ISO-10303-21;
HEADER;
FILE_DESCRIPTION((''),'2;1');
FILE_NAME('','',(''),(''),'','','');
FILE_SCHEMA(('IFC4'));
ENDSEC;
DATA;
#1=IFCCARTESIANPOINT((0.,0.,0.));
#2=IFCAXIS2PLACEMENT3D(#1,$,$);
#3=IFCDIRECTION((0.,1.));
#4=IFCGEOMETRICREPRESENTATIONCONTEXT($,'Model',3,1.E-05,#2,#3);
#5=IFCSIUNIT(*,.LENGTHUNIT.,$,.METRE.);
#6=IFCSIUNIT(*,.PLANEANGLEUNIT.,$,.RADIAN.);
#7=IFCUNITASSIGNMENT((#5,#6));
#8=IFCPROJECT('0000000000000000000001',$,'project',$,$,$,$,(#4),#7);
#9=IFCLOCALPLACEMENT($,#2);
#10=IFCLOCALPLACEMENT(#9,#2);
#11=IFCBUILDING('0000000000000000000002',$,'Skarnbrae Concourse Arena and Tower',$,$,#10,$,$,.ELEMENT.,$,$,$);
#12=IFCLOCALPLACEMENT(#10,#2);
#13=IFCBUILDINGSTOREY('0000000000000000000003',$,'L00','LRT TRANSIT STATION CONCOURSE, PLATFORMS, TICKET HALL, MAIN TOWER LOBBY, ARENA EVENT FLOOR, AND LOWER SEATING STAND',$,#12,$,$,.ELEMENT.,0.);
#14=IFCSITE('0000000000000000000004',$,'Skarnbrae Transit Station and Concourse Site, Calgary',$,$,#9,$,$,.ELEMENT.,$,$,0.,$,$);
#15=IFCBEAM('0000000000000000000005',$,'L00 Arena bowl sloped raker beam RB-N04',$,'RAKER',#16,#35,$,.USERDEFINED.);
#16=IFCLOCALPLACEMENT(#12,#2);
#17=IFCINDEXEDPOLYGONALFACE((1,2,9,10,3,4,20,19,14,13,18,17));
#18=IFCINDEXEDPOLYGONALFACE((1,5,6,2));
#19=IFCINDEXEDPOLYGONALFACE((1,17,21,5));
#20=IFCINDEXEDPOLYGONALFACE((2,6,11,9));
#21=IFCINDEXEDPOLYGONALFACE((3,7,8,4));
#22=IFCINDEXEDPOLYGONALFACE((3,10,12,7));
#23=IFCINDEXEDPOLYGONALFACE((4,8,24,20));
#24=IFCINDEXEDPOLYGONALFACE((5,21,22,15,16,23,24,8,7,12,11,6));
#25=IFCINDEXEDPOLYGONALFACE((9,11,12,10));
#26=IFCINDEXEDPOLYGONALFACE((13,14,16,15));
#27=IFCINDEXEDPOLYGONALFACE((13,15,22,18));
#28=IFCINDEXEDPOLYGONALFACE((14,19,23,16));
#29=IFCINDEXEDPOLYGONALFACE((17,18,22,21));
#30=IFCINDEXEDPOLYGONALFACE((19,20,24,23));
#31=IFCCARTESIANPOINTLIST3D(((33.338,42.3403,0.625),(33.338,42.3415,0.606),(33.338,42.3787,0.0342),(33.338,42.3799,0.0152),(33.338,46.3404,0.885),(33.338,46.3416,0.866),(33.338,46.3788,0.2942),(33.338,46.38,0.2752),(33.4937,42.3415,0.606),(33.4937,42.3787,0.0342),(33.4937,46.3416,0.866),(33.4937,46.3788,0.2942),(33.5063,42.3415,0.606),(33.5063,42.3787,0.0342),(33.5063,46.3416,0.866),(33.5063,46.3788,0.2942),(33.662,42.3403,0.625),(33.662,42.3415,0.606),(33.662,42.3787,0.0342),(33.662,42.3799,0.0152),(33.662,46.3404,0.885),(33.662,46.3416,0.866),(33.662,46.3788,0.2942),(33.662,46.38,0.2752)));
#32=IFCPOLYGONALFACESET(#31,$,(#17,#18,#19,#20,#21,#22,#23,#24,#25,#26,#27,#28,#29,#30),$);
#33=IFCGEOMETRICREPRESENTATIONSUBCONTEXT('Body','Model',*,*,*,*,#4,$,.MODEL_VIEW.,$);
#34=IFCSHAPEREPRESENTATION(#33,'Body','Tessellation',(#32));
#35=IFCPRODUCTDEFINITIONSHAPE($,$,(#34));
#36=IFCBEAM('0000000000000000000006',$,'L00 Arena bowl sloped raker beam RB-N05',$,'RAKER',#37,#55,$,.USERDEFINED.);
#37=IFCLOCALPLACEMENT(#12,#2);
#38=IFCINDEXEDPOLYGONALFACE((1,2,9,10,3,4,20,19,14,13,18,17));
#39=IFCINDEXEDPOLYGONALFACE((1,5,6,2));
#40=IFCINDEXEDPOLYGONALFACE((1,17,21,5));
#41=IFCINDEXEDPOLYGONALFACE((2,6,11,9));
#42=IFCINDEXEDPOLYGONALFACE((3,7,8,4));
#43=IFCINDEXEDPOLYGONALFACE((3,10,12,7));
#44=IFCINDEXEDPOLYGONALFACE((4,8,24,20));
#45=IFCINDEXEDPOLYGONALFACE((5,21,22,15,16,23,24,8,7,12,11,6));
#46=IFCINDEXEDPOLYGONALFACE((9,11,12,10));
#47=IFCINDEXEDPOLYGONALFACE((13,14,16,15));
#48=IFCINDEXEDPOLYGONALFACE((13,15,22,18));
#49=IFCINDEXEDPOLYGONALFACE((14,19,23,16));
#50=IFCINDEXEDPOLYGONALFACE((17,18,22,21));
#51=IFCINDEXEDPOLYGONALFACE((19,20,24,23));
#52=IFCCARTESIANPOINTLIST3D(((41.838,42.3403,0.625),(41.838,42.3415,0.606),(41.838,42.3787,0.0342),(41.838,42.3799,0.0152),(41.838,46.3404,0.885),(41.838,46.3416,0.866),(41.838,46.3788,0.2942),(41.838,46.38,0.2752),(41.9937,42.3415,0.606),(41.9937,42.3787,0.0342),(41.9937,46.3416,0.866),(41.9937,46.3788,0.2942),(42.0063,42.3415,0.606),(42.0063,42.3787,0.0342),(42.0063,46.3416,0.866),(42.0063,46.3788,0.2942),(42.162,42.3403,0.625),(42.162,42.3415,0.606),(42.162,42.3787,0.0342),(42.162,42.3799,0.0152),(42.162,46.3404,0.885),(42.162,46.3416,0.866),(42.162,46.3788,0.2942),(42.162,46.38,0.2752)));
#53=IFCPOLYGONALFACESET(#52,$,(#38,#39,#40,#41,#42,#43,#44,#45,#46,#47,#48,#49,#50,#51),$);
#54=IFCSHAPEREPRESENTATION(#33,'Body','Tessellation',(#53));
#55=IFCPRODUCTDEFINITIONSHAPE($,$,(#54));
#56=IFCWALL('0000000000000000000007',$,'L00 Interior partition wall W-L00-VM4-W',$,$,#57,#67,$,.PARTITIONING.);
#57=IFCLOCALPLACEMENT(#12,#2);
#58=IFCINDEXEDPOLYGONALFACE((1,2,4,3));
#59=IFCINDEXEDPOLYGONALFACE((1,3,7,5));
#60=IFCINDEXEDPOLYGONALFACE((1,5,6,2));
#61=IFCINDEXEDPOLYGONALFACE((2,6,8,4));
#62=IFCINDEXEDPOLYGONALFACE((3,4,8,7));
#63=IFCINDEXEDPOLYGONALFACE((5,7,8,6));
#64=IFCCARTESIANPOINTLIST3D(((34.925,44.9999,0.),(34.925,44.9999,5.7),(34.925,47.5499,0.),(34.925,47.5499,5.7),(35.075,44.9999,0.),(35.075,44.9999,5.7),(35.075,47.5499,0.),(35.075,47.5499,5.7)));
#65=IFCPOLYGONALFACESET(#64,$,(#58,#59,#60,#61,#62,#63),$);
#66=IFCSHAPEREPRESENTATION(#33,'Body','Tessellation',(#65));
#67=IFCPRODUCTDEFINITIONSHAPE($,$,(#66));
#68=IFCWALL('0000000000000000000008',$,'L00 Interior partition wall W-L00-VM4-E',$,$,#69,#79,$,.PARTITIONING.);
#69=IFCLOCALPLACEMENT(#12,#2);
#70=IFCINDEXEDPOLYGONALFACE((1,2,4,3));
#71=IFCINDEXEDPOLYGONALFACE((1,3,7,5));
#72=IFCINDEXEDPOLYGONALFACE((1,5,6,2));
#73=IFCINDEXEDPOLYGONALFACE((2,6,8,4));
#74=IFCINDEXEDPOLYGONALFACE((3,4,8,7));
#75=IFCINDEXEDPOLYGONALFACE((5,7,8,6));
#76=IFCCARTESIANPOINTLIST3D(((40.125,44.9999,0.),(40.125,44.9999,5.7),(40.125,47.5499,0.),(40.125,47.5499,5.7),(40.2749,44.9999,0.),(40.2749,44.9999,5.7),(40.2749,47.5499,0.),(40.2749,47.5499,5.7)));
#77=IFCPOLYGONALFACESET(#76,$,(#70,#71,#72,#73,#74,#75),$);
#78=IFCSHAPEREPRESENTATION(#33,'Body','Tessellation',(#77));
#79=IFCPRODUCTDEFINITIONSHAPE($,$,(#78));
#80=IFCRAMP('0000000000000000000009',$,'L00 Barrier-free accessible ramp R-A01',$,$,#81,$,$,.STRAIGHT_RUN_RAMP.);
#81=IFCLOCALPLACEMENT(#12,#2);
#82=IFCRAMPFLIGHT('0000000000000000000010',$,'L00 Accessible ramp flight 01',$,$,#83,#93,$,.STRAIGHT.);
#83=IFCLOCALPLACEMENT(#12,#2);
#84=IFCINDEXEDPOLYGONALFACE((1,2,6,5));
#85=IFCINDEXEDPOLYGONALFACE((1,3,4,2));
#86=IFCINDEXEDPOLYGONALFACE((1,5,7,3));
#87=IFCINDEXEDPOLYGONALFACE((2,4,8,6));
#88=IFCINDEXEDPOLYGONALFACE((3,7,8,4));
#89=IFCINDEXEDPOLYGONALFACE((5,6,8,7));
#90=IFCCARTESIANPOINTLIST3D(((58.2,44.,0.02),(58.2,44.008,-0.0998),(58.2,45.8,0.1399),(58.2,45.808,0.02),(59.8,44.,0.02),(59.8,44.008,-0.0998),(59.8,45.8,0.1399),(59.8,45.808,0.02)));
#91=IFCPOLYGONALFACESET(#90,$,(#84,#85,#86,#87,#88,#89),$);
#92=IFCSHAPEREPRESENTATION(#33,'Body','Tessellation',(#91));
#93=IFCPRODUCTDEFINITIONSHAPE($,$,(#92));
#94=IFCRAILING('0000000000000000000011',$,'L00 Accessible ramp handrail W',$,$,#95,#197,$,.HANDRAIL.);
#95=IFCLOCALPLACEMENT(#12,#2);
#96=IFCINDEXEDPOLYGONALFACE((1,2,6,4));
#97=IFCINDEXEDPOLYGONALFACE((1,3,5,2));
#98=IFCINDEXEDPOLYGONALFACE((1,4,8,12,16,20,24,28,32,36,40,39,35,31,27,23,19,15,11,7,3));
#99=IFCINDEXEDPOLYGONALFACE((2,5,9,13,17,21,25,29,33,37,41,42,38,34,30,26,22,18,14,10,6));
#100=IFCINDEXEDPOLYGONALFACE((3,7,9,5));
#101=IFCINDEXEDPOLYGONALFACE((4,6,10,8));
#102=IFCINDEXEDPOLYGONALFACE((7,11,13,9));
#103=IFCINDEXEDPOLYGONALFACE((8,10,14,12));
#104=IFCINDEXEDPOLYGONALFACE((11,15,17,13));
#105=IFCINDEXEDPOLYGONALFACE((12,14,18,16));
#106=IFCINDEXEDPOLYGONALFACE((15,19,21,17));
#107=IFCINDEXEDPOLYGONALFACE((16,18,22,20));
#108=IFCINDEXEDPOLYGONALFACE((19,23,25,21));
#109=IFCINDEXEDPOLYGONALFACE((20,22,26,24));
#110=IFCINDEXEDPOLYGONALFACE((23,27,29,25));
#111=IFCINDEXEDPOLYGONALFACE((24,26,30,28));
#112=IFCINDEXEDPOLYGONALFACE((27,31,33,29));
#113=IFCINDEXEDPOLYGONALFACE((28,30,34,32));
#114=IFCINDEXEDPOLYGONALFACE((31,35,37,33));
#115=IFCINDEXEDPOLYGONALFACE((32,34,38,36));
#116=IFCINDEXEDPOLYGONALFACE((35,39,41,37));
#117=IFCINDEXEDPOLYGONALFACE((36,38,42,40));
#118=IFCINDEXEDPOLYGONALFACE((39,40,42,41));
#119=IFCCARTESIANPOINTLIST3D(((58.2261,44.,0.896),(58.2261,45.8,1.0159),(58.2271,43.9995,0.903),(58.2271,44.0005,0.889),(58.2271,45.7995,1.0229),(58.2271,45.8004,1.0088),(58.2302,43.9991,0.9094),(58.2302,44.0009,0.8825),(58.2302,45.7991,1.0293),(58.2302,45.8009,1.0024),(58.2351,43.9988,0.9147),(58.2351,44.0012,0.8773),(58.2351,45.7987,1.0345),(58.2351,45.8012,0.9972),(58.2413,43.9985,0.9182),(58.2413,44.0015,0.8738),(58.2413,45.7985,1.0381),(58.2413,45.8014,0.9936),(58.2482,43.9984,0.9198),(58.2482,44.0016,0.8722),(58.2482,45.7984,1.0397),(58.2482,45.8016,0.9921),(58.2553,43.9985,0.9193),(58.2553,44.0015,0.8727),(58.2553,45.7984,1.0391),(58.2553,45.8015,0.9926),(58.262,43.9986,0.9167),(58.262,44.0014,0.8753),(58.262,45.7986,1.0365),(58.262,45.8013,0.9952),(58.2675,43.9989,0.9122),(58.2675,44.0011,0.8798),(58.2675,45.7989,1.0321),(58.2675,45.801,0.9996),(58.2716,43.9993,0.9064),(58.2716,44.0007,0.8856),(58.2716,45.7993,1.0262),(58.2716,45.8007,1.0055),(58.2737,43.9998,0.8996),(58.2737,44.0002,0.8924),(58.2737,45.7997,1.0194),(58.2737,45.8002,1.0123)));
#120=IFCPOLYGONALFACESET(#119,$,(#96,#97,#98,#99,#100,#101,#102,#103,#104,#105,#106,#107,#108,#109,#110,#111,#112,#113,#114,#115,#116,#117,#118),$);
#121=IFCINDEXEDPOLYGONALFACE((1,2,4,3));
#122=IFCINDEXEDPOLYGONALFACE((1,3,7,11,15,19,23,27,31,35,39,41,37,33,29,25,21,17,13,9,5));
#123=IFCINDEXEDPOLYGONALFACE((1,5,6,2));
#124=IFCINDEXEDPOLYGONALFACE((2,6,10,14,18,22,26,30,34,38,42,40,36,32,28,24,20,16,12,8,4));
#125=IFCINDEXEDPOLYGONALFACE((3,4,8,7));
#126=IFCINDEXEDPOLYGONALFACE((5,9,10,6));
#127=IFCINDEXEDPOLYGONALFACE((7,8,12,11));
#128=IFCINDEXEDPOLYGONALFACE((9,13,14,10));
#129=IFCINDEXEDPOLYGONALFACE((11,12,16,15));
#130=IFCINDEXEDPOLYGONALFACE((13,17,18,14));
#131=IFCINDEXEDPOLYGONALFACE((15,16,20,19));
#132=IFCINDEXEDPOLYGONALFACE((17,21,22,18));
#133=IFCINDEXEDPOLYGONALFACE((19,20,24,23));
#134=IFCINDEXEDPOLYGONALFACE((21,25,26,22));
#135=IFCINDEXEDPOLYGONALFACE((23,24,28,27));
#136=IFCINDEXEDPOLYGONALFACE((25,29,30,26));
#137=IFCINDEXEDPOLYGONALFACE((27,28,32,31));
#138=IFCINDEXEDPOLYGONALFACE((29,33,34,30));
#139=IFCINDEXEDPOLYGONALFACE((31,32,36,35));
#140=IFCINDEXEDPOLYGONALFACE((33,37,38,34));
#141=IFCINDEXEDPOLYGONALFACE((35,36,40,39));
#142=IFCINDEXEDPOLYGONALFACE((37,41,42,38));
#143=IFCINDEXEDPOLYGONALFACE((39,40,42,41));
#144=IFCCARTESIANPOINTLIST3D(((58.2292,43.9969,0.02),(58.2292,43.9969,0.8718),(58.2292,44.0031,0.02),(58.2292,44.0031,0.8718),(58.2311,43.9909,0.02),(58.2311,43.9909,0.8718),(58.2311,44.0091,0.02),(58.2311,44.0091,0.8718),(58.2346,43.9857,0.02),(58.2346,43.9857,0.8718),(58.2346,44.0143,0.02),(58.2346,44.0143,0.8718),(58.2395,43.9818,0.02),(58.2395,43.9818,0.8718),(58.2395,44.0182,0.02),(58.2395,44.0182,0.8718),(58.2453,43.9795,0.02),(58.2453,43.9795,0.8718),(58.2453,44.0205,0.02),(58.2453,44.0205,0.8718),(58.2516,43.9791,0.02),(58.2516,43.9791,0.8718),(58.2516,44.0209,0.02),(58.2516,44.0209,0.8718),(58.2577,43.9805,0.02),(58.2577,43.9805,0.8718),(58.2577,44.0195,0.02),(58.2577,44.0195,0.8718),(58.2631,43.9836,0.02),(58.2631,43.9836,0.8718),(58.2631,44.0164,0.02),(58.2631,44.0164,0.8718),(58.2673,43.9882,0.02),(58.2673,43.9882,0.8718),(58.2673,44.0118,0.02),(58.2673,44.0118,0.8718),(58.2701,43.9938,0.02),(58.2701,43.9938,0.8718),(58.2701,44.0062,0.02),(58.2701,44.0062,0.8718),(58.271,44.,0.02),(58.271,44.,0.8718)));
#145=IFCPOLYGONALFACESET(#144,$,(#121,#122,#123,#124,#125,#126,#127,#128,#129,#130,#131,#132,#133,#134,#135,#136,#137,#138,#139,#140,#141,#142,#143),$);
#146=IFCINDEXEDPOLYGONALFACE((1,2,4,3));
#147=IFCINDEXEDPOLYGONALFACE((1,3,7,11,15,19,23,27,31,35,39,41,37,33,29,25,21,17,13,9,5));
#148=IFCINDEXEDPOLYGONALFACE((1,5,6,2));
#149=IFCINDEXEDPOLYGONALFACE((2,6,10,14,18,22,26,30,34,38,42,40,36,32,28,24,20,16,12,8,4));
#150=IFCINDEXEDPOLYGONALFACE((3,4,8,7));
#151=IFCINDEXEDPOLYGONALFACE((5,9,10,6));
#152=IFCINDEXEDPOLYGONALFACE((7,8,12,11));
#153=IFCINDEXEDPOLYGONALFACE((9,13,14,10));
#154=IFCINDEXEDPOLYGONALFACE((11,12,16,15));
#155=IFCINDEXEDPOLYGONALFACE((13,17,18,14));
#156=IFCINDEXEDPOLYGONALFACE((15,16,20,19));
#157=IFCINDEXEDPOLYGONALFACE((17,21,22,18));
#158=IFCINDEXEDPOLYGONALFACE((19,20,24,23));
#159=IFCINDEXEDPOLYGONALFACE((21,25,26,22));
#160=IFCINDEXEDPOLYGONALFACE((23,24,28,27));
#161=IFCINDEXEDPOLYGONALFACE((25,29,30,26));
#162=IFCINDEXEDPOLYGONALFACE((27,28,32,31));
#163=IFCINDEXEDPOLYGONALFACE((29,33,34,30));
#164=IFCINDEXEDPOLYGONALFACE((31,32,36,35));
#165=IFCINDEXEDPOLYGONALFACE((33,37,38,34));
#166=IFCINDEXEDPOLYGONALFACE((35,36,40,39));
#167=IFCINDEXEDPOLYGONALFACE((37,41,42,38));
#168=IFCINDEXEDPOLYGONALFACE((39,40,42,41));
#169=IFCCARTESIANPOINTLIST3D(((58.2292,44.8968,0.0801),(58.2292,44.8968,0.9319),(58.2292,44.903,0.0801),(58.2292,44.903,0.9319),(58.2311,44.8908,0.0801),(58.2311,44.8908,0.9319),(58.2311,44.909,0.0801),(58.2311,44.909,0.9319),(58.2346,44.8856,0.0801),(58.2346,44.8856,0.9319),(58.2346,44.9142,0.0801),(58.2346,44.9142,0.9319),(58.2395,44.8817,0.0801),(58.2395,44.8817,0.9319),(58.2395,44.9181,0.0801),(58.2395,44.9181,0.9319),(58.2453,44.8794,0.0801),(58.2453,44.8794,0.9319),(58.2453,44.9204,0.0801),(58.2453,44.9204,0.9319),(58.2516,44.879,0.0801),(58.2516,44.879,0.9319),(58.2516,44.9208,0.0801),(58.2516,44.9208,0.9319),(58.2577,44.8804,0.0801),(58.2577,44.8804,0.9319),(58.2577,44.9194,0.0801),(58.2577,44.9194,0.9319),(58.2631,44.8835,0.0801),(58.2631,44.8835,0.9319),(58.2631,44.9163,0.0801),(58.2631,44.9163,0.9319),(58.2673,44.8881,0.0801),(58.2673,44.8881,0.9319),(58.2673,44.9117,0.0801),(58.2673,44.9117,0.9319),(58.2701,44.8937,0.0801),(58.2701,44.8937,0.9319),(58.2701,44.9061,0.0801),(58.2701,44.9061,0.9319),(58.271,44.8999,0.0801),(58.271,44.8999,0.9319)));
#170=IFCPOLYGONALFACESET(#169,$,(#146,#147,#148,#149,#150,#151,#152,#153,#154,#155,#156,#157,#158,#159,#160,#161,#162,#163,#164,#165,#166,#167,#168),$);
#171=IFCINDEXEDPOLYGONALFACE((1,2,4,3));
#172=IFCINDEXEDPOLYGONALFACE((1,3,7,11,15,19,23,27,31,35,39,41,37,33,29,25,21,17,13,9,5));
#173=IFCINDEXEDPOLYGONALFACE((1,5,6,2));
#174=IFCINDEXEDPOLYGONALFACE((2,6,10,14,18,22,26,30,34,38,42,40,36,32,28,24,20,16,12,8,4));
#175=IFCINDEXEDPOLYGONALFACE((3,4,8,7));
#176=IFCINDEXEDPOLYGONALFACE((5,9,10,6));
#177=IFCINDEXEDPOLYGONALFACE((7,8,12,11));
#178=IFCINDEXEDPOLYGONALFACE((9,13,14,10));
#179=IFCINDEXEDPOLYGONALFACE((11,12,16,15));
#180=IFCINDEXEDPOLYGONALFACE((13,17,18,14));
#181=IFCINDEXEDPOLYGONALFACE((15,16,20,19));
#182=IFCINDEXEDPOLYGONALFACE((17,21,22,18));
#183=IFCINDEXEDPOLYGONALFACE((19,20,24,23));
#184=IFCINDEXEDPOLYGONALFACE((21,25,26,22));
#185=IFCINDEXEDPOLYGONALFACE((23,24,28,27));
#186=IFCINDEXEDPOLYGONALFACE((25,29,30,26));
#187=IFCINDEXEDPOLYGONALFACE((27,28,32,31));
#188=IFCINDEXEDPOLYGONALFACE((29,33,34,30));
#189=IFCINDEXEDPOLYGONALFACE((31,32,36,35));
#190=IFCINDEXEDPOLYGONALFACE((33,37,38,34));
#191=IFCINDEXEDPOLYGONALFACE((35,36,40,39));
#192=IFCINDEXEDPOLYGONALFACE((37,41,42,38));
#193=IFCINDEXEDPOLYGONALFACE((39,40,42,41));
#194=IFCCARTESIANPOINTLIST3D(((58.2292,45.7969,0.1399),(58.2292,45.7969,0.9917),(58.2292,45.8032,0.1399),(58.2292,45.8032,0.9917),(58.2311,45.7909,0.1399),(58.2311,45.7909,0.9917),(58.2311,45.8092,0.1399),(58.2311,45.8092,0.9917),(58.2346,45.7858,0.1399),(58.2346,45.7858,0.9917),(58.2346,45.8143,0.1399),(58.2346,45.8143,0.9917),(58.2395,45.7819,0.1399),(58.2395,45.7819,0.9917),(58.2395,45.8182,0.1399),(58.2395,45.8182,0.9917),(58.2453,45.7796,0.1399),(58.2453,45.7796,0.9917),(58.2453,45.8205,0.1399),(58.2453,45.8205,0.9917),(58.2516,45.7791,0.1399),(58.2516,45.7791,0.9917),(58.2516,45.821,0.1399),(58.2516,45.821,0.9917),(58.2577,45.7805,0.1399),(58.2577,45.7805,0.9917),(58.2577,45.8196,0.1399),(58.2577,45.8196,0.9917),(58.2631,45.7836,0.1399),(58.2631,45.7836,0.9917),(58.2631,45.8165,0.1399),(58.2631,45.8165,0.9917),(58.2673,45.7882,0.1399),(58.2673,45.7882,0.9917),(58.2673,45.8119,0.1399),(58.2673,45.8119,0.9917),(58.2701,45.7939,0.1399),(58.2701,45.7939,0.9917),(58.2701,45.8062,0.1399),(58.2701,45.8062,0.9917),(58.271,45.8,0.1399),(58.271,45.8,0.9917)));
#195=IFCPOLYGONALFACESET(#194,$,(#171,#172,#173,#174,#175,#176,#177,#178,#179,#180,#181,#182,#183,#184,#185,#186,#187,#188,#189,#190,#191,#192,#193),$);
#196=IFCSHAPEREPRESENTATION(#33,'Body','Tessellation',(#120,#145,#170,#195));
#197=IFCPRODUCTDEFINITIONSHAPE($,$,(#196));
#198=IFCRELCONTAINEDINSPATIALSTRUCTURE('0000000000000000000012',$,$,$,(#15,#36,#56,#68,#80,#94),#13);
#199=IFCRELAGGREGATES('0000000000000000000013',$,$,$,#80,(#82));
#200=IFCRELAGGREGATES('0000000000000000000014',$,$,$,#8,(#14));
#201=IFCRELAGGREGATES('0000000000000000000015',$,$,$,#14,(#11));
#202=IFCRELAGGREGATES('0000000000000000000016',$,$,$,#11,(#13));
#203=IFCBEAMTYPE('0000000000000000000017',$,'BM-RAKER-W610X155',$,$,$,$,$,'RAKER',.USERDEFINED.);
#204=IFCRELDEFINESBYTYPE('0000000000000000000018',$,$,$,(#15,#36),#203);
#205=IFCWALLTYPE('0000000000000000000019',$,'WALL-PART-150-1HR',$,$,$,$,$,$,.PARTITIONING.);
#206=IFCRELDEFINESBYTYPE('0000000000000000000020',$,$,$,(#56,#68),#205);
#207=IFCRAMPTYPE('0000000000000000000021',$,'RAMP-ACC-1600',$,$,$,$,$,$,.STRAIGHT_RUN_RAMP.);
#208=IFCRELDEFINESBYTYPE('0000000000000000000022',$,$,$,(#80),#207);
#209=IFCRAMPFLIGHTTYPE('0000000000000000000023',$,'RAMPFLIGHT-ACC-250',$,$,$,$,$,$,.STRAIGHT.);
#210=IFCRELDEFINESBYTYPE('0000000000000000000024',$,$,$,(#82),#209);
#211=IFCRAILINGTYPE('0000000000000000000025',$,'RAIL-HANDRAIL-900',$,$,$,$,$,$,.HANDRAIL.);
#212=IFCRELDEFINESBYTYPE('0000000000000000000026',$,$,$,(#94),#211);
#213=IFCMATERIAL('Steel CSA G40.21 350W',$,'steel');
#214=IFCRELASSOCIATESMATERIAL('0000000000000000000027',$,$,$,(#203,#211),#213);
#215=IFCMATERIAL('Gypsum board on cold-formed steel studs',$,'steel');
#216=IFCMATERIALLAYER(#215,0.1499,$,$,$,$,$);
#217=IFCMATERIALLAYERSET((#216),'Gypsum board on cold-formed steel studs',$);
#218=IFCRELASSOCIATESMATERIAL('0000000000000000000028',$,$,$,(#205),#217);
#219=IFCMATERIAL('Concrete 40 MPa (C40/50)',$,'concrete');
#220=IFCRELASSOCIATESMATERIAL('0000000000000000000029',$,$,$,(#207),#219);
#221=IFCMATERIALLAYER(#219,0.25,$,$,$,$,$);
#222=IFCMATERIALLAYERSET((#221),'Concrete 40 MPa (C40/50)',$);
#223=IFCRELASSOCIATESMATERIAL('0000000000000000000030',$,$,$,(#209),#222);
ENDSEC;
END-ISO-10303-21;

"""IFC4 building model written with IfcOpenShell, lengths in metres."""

from ifc_helpers import new_model, si_unit, direction, frame, frame_2d, origin, origin_2d, place, context, subcontext, project, spatial, polyline, rectangle, circle, i_section, outline, extrude, source, transform, mapped, material, layer, layer_set, material_profile, profile_set, type_object, element, aggregate, save


model = new_model("IFC4")

# Units and contexts
model_context = context("Model", 3, precision=1e-05, world=origin(), true_north=direction((0.0, 1.0)))
body_context = subcontext(model_context, "Body", "Model", "MODEL_VIEW")
ifc_project = project(units=[si_unit("LENGTHUNIT", "METRE"), si_unit("PLANEANGLEUNIT", "RADIAN")], contexts=[model_context])

# Site, building, storey
site_placement = place(None, origin())
site = spatial("IfcSite", under=ifc_project, at=site_placement, Name="Skarnbrae Transit Station and Concourse Site, Calgary", CompositionType="ELEMENT", RefElevation=0.0)
building_placement = place(site_placement, origin())
building = spatial("IfcBuilding", under=site, at=building_placement, Name="Skarnbrae Concourse Arena and Tower", CompositionType="ELEMENT")
storey_placement = place(building_placement, origin())
storey = spatial("IfcBuildingStorey", under=building, at=storey_placement, Name="L00", Description="LRT TRANSIT STATION CONCOURSE, PLATFORMS, TICKET HALL, MAIN TOWER LOBBY, ARENA EVENT FLOOR, AND LOWER SEATING STAND", CompositionType="ELEMENT", Elevation=0.0)

# Shared definitions
ifc_material_1 = material(Name="Steel CSA G40.21 350W", Category="steel")

# Beams
ifc_material_profile_1 = material_profile(ifc_material_1, i_section(OverallWidth=0.324, OverallDepth=0.6111, WebThickness=0.0127, FlangeThickness=0.019, at=origin_2d()), Name="W610X155")
ifc_profile_set_1 = profile_set([ifc_material_profile_1], Name="Steel CSA G40.21 350W")
beam_type_1 = type_object("IfcBeamType", Name="BM-RAKER-W610X155", ElementType="RAKER", PredefinedType="USERDEFINED", material=ifc_profile_set_1)
shared_shape_1 = source(origin(), body_context, "Body", "SweptSolid", [
    extrude(i_section(OverallWidth=0.324, OverallDepth=0.6111, WebThickness=0.0127, FlangeThickness=0.019, at=origin_2d()), origin(), (0.0, 0.0, 1.0), 4.0085),
])
for number, where, z_axis, x_axis, name in (
    (1, (33.5, 42.3601, 0.3201), (0.0, 0.997894, 0.064866), (-1.0, 0.0, 0.0), "L00 Arena bowl sloped raker beam RB-N04"),
    (2, (42.0, 42.3601, 0.3201), (0.0, 0.997894, 0.064866), (-1.0, 0.0, 0.0), "L00 Arena bowl sloped raker beam RB-N05"),
):
    element("IfcBeam", number, at=place(storey_placement, frame(where, z_axis=z_axis, x_axis=x_axis)), inside=storey, type_object=beam_type_1, Name=name, ObjectType="RAKER", PredefinedType="USERDEFINED", context=body_context, shape_type="MappedRepresentation", body=[
        mapped(shared_shape_1, transform((0.0, 0.0, 0.0))),
    ])

# Walls
ifc_material_2 = material(Name="Gypsum board on cold-formed steel studs", Category="steel")
ifc_layer_1 = layer(ifc_material_2, 0.1499)
ifc_layer_set_1 = layer_set([ifc_layer_1], Name="Gypsum board on cold-formed steel studs")
wall_type = type_object("IfcWallType", Name="WALL-PART-150-1HR", PredefinedType="PARTITIONING", material=ifc_layer_set_1)
shared_shape_2 = source(origin(), body_context, "Body", "SweptSolid", [
    extrude(rectangle(XDim=2.55, YDim=0.1499, at=frame_2d((1.2749, 0.0))), origin(), (0.0, 0.0, 1.0), 5.7),
])
for number, where, z_axis, x_axis, name in (
    (3, (35.0, 45.0, 0.0), (0.0, 0.0, 1.0), (0.0, 1.0, 0.0), "L00 Interior partition wall W-L00-VM4-W"),
    (4, (40.2, 45.0, 0.0), (0.0, 0.0, 1.0), (0.0, 1.0, 0.0), "L00 Interior partition wall W-L00-VM4-E"),
):
    element("IfcWall", number, at=place(storey_placement, frame(where, z_axis=z_axis, x_axis=x_axis)), inside=storey, type_object=wall_type, Name=name, PredefinedType="PARTITIONING", context=body_context, shape_type="MappedRepresentation", body=[
        mapped(shared_shape_2, transform((0.0, 0.0, 0.0))),
    ])

# Ramp, ramp flight
ifc_material_3 = material(Name="Concrete 40 MPa (C40/50)", Category="concrete")
ramp_type = type_object("IfcRampType", Name="RAMP-ACC-1600", PredefinedType="STRAIGHT_RUN_RAMP", material=ifc_material_3)
ramp_placement = place(storey_placement, origin())
ramp = element("IfcRamp", 5, at=ramp_placement, inside=storey, type_object=ramp_type, Name="L00 Barrier-free accessible ramp R-A01", PredefinedType="STRAIGHT_RUN_RAMP")
ifc_layer_2 = layer(ifc_material_3, 0.25)
ifc_layer_set_2 = layer_set([ifc_layer_2], Name="Concrete 40 MPa (C40/50)")
ramp_flight_type = type_object("IfcRampFlightType", Name="RAMPFLIGHT-ACC-250", PredefinedType="STRAIGHT", material=ifc_layer_set_2)
ramp_flight_placement = place(storey_placement, frame((58.2, 44.0, 0.02), z_axis=(0.0, -0.066447, 0.99779), x_axis=(1.0, 0.0, 0.0)))
ramp_flight = element("IfcRampFlight", 6, at=ramp_flight_placement, type_object=ramp_flight_type, Name="L00 Accessible ramp flight 01", PredefinedType="STRAIGHT", context=body_context, shape_type="SweptSolid", body=[
    extrude(outline(polyline([(0.0, 0.0), (1.6001, 0.0), (1.6001, 1.804), (0.0, 1.804), (0.0, 0.0)])), origin(), (0.0, 0.0, -1.0), 0.1201),
])
aggregate(ramp, [ramp_flight])

# Railing
railing_type = type_object("IfcRailingType", Name="RAIL-HANDRAIL-900", PredefinedType="HANDRAIL", material=ifc_material_1)
railing_placement = place(storey_placement, frame((58.25, 44.0, 0.02)))
element("IfcRailing", 7, at=railing_placement, inside=storey, type_object=railing_type, Name="L00 Accessible ramp handrail W", PredefinedType="HANDRAIL", context=body_context, shape_type="SweptSolid", body=[
    extrude(circle(Radius=0.0239, at=origin_2d()), frame((0.0, 0.0, 0.876), z_axis=(0.0, 0.99779, 0.066447), x_axis=(-1.0, 0.0, 0.0)), (0.0, 0.0, 1.0), 1.804),
    extrude(circle(Radius=0.021, at=origin_2d()), origin(), (0.0, 0.0, 1.0), 0.8518),
    extrude(circle(Radius=0.021, at=origin_2d()), frame((0.0, 0.8999, 0.0601)), (0.0, 0.0, 1.0), 0.8518),
    extrude(circle(Radius=0.021, at=origin_2d()), frame((0.0, 1.8, 0.1199)), (0.0, 0.0, 1.0), 0.8518),
])

save(model, "model.ifc")
